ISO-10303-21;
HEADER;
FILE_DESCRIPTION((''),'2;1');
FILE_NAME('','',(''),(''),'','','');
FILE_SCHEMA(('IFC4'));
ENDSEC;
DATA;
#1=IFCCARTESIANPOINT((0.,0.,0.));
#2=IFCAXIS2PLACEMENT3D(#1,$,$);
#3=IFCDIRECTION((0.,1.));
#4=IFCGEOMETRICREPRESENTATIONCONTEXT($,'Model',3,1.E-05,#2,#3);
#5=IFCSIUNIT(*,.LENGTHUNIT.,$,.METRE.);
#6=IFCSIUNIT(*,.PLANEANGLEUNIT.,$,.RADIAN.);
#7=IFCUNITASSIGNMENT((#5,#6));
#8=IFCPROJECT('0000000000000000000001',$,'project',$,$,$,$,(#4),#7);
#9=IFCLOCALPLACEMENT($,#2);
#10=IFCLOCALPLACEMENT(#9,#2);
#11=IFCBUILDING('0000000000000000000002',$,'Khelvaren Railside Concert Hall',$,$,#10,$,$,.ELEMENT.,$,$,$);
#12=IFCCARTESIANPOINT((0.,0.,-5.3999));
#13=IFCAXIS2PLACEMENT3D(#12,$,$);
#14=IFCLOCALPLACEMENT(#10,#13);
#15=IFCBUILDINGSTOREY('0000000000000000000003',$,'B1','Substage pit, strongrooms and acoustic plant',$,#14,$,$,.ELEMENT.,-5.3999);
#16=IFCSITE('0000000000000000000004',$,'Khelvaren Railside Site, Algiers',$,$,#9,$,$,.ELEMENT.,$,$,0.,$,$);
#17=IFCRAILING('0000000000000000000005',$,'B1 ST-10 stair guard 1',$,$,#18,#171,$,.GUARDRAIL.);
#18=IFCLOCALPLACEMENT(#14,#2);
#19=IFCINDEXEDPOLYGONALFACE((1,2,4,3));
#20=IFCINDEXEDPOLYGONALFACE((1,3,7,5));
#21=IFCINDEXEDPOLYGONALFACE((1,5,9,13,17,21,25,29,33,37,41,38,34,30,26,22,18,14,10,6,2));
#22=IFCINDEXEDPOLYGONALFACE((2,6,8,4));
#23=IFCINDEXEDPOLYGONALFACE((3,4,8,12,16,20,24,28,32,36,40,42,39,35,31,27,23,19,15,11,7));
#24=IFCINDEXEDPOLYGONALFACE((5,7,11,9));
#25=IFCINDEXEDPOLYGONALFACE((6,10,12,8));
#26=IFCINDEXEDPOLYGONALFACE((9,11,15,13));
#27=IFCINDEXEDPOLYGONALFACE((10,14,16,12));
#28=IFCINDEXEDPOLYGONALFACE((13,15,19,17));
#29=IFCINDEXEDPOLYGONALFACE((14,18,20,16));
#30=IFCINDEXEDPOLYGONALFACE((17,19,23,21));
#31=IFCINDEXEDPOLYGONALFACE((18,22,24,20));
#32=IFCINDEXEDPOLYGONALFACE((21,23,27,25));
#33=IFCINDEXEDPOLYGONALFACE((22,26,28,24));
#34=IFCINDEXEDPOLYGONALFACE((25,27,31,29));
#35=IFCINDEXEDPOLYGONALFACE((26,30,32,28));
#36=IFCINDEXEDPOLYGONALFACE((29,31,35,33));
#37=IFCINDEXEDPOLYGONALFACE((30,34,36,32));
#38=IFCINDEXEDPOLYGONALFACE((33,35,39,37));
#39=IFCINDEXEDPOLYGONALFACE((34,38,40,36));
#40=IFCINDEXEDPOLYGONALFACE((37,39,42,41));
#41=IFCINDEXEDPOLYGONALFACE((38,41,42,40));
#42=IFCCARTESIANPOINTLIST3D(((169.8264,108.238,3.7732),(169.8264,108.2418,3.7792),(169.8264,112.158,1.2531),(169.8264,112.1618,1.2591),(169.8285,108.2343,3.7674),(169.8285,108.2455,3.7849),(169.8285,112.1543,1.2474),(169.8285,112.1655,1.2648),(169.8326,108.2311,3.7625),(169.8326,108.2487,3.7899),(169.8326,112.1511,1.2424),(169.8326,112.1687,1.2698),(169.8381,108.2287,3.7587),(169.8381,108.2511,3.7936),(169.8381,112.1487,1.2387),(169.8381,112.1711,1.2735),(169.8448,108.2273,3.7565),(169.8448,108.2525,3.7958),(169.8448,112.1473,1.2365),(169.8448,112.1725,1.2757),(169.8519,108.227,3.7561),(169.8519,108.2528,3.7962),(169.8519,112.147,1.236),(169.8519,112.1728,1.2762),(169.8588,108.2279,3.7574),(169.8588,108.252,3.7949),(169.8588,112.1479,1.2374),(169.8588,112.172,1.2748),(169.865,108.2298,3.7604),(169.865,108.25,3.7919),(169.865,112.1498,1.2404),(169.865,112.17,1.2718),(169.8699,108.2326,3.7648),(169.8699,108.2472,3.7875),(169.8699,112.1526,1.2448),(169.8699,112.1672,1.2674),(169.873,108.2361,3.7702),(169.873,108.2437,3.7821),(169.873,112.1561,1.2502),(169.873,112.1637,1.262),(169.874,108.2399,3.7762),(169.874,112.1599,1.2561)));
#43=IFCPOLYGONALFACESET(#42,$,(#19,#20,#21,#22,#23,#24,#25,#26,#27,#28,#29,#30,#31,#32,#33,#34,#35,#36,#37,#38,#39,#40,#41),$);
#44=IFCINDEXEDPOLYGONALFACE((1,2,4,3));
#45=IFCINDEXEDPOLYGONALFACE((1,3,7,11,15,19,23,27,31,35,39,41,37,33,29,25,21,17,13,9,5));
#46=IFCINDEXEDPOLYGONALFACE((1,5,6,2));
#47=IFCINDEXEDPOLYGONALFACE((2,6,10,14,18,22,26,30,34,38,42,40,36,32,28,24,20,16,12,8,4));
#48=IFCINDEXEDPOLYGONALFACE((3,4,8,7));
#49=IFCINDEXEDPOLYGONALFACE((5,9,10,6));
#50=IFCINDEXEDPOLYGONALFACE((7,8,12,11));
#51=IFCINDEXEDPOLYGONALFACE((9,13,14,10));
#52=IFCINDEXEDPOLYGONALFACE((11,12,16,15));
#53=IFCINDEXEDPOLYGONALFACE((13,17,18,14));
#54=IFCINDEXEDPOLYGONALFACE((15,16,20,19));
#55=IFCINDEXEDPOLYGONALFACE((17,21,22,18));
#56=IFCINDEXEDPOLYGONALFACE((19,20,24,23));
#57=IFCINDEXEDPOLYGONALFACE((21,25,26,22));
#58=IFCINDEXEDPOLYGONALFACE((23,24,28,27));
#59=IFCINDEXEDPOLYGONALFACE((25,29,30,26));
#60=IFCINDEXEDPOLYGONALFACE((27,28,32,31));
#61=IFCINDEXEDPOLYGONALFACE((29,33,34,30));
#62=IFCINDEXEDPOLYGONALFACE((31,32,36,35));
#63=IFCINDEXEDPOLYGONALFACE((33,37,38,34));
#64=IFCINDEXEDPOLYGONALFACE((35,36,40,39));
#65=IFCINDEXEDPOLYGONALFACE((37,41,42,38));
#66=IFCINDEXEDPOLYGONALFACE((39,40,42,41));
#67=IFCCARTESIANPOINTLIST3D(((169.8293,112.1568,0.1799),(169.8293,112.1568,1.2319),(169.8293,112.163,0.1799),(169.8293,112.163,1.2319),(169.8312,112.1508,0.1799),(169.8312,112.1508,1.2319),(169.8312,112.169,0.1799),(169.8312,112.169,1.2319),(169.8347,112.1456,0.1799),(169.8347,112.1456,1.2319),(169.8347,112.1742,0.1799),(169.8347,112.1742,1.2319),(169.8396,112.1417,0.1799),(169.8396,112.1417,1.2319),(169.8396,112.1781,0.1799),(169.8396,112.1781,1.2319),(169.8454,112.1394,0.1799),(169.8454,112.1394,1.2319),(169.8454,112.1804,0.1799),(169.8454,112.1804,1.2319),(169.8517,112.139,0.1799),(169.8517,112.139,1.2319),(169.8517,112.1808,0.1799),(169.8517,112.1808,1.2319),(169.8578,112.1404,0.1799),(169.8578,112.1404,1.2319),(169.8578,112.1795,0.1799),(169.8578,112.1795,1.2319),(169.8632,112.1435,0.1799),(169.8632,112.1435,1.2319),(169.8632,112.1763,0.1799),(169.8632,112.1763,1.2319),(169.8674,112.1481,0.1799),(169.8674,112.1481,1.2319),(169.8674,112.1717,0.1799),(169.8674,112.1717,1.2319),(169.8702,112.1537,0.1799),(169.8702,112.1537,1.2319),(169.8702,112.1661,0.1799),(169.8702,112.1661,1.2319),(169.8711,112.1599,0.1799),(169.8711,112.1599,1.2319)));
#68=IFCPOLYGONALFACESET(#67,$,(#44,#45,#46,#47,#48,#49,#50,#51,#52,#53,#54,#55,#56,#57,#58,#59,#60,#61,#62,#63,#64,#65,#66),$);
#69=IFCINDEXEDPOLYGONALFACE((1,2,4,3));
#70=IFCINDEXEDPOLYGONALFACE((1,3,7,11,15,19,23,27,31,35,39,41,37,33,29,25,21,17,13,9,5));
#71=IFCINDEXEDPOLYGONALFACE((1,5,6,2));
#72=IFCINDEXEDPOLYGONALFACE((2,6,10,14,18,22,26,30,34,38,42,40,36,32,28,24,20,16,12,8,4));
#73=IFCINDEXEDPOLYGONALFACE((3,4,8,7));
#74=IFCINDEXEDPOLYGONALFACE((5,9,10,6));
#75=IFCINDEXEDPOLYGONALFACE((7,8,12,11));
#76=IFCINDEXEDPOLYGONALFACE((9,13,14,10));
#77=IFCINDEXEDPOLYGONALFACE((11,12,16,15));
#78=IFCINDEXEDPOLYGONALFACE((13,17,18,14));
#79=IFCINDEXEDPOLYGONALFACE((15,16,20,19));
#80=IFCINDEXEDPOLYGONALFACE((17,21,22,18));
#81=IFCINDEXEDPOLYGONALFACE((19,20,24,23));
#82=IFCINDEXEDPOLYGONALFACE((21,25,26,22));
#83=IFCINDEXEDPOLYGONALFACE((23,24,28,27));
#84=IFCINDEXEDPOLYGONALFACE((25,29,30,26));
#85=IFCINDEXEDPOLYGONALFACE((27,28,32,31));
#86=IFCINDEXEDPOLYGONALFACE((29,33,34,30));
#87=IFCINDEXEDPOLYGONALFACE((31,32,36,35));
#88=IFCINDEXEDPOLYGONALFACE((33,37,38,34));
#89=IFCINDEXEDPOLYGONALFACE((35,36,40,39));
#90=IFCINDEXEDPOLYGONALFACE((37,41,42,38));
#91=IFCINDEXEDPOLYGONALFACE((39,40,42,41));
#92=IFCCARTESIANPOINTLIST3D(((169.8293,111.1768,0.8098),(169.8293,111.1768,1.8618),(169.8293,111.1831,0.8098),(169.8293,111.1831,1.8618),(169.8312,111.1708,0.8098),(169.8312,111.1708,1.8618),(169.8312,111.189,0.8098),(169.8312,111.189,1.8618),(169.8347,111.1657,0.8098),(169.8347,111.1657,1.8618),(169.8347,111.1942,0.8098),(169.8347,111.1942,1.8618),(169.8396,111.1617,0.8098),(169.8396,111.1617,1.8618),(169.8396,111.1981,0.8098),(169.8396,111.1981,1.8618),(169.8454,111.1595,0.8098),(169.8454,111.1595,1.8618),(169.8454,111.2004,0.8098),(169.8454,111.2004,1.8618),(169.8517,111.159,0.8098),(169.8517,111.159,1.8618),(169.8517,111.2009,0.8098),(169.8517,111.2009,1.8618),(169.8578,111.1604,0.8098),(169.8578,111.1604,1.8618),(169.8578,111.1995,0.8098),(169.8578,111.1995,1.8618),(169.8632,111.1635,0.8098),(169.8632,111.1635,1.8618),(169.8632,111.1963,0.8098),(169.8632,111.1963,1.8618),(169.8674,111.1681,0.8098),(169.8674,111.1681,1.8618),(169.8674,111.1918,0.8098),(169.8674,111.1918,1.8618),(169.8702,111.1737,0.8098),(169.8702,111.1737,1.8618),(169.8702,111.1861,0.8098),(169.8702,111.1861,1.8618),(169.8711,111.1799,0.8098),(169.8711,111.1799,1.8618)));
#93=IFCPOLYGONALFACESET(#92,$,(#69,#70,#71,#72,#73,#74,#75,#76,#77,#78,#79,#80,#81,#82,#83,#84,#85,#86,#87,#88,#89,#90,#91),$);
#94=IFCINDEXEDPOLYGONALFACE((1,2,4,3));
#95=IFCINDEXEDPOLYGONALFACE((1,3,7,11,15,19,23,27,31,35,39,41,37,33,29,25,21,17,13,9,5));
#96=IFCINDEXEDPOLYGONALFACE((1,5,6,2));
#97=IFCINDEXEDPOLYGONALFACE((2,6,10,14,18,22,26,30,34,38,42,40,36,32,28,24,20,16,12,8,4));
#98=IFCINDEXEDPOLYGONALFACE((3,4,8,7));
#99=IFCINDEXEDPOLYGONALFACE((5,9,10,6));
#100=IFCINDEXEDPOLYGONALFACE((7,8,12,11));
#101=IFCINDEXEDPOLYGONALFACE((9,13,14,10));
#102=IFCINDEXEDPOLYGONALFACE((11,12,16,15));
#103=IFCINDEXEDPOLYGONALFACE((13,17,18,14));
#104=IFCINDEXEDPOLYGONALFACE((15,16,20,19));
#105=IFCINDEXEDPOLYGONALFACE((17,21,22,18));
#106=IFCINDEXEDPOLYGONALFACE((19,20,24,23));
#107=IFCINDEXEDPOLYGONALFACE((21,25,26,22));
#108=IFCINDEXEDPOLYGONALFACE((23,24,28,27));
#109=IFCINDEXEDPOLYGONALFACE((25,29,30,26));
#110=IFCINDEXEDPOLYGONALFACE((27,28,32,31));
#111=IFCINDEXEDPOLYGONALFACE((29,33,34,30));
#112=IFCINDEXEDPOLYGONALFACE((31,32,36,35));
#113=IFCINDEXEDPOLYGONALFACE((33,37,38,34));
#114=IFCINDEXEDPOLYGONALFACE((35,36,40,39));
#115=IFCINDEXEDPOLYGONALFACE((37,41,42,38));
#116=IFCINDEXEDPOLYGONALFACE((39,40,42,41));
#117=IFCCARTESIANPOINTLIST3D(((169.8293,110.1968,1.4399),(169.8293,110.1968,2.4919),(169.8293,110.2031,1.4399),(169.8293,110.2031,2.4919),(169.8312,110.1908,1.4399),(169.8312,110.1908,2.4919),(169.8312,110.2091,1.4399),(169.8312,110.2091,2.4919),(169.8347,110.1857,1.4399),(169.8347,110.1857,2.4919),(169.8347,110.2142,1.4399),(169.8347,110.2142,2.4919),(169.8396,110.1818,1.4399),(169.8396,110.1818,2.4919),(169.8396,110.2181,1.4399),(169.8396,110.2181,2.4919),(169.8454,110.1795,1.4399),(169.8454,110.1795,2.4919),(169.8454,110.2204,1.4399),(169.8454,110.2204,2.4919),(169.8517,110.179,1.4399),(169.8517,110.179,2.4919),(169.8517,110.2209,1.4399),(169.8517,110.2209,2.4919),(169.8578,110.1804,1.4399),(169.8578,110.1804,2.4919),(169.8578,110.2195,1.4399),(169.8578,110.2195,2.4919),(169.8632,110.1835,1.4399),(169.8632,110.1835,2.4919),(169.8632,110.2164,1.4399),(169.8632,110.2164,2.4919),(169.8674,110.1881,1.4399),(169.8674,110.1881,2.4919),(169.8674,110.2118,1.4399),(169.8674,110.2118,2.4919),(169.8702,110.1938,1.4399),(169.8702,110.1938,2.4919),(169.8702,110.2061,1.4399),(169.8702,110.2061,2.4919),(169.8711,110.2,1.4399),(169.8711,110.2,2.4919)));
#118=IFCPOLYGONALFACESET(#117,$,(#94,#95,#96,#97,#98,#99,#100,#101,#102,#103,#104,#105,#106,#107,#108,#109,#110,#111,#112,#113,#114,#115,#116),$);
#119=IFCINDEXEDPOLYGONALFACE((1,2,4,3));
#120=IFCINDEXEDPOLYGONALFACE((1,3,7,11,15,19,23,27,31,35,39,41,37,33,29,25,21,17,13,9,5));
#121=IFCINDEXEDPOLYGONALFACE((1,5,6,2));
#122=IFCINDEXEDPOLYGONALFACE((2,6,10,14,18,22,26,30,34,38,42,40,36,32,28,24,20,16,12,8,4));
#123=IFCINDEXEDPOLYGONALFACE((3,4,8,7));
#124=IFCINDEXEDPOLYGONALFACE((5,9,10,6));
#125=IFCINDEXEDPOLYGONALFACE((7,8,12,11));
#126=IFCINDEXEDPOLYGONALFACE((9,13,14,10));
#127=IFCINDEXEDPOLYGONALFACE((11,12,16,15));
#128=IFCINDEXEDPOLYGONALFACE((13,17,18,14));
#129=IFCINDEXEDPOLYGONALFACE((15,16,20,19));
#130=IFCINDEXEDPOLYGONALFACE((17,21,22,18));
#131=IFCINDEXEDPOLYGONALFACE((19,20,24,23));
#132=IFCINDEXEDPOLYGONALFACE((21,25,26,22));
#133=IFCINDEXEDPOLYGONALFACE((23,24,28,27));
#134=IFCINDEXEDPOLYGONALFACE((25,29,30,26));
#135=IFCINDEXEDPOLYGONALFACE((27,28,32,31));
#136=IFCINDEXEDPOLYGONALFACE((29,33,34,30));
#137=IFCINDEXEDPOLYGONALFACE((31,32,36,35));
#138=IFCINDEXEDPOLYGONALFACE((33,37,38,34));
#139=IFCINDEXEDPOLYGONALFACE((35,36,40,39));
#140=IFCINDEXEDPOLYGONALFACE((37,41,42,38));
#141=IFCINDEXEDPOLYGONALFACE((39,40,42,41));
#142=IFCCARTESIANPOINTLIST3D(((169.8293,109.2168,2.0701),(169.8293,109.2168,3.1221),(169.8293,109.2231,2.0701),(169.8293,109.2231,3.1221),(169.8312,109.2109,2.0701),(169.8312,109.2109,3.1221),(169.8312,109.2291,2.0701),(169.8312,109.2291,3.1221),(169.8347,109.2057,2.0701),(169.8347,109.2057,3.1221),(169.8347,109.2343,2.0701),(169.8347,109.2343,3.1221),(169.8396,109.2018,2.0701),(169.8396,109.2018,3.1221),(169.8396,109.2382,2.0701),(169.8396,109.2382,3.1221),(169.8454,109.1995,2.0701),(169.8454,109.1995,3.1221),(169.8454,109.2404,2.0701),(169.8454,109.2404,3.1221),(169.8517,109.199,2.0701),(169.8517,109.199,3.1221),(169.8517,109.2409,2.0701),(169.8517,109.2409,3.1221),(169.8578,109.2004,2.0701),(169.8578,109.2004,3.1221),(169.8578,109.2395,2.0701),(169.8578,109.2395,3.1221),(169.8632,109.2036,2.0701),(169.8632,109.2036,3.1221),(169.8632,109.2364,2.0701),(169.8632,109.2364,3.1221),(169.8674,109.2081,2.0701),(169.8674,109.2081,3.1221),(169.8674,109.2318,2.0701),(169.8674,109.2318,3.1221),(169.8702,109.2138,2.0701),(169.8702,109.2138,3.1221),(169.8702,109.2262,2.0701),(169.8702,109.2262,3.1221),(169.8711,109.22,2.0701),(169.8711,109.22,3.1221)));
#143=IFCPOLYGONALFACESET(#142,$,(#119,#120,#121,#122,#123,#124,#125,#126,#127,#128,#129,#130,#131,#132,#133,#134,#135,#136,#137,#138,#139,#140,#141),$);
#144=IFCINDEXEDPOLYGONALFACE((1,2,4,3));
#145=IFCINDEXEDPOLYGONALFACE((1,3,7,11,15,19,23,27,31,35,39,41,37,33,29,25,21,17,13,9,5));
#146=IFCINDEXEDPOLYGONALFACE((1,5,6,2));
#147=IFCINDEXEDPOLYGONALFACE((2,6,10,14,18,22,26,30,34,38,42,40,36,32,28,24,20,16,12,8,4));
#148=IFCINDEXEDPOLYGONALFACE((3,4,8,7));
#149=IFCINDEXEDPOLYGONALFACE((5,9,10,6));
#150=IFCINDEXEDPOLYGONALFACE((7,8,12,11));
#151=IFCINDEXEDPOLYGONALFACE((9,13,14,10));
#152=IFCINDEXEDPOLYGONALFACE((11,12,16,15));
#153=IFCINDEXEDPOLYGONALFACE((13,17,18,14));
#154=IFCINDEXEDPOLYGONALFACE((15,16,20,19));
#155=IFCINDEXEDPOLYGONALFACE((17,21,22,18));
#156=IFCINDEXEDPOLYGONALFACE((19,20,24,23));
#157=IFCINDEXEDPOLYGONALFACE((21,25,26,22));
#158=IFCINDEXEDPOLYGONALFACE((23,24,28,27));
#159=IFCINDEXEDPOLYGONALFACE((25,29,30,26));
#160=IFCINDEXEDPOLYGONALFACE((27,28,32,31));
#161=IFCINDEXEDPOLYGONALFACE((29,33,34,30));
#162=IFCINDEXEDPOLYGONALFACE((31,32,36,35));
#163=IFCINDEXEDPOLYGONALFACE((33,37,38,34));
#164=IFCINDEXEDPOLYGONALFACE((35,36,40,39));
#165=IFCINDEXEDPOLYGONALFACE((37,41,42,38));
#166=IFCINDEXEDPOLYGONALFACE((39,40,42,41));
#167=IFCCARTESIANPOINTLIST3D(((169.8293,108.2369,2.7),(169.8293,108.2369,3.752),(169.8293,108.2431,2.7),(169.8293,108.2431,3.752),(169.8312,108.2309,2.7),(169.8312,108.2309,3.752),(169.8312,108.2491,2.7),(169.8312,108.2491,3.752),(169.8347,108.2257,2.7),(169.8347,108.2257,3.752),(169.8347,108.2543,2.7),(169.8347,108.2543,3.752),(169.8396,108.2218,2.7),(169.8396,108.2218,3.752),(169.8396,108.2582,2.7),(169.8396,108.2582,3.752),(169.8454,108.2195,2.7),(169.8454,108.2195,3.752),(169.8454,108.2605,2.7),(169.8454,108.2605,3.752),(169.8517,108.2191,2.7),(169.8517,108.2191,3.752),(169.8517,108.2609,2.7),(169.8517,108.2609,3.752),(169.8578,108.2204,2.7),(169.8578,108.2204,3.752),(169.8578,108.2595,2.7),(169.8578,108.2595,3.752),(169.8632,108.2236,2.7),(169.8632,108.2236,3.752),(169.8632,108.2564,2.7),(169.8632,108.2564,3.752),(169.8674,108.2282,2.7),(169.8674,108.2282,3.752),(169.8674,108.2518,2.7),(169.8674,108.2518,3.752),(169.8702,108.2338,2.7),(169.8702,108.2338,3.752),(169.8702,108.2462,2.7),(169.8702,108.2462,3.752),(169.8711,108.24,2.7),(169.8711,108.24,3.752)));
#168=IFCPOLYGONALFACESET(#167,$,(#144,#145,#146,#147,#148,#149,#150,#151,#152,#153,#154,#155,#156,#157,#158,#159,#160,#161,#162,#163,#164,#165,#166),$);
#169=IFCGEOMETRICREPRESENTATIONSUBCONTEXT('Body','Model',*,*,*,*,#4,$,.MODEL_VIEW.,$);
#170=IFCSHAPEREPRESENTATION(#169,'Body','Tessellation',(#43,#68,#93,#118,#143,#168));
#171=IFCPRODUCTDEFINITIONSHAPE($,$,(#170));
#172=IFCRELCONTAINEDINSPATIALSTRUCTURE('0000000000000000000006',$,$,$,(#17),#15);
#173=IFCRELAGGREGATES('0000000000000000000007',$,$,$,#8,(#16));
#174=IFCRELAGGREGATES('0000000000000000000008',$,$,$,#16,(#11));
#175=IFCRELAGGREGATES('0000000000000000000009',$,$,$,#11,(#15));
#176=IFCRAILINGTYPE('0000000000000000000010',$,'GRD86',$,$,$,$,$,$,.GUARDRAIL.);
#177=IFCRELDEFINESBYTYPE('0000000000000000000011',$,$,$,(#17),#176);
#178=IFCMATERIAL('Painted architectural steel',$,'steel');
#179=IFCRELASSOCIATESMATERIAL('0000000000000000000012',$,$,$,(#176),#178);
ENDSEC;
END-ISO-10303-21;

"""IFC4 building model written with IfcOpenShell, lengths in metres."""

from ifc_helpers import new_model, si_unit, direction, frame, origin, origin_2d, place, context, subcontext, project, spatial, circle, extrude, material, type_object, element, save


model = new_model("IFC4")

# Units and contexts
model_context = context("Model", 3, precision=1e-05, world=origin(), true_north=direction((0.0, 1.0)))
body_context = subcontext(model_context, "Body", "Model", "MODEL_VIEW")
ifc_project = project(units=[si_unit("LENGTHUNIT", "METRE"), si_unit("PLANEANGLEUNIT", "RADIAN")], contexts=[model_context])

# Site, building, storey
site_placement = place(None, origin())
site = spatial("IfcSite", under=ifc_project, at=site_placement, Name="Khelvaren Railside Site, Algiers", CompositionType="ELEMENT", RefElevation=0.0)
building_placement = place(site_placement, origin())
building = spatial("IfcBuilding", under=site, at=building_placement, Name="Khelvaren Railside Concert Hall", CompositionType="ELEMENT")
storey_placement = place(building_placement, frame((0.0, 0.0, -5.3999)))
storey = spatial("IfcBuildingStorey", under=building, at=storey_placement, Name="B1", Description="Substage pit, strongrooms and acoustic plant", CompositionType="ELEMENT", Elevation=-5.3999)

# Railing
ifc_material_1 = material(Name="Painted architectural steel", Category="steel")
railing_type_1 = type_object("IfcRailingType", Name="GRD86", PredefinedType="GUARDRAIL", material=ifc_material_1)
railing_1_placement = place(storey_placement, frame((169.8501, 112.1599, 0.1799)))
element("IfcRailing", 1, at=railing_1_placement, inside=storey, type_object=railing_type_1, Name="B1 ST-10 stair guard 1", PredefinedType="GUARDRAIL", context=body_context, shape_type="SweptSolid", body=[
    extrude(circle(Radius=0.0239, at=origin_2d()), frame((0.0, 0.0, 1.0762), z_axis=(0.0, -0.841172, 0.540768), x_axis=(1.0, 0.0, 0.0)), (0.0, 0.0, 1.0), 4.6602),
    extrude(circle(Radius=0.021, at=origin_2d()), origin(), (0.0, 0.0, 1.0), 1.052),
    extrude(circle(Radius=0.021, at=origin_2d()), frame((0.0, -0.98, 0.6299)), (0.0, 0.0, 1.0), 1.052),
    extrude(circle(Radius=0.021, at=origin_2d()), frame((0.0, -1.96, 1.26)), (0.0, 0.0, 1.0), 1.052),
    extrude(circle(Radius=0.021, at=origin_2d()), frame((0.0, -2.9399, 1.8901)), (0.0, 0.0, 1.0), 1.052),
    extrude(circle(Radius=0.021, at=origin_2d()), frame((0.0, -3.9199, 2.52)), (0.0, 0.0, 1.0), 1.052),
])

save(model, "model.ifc")
